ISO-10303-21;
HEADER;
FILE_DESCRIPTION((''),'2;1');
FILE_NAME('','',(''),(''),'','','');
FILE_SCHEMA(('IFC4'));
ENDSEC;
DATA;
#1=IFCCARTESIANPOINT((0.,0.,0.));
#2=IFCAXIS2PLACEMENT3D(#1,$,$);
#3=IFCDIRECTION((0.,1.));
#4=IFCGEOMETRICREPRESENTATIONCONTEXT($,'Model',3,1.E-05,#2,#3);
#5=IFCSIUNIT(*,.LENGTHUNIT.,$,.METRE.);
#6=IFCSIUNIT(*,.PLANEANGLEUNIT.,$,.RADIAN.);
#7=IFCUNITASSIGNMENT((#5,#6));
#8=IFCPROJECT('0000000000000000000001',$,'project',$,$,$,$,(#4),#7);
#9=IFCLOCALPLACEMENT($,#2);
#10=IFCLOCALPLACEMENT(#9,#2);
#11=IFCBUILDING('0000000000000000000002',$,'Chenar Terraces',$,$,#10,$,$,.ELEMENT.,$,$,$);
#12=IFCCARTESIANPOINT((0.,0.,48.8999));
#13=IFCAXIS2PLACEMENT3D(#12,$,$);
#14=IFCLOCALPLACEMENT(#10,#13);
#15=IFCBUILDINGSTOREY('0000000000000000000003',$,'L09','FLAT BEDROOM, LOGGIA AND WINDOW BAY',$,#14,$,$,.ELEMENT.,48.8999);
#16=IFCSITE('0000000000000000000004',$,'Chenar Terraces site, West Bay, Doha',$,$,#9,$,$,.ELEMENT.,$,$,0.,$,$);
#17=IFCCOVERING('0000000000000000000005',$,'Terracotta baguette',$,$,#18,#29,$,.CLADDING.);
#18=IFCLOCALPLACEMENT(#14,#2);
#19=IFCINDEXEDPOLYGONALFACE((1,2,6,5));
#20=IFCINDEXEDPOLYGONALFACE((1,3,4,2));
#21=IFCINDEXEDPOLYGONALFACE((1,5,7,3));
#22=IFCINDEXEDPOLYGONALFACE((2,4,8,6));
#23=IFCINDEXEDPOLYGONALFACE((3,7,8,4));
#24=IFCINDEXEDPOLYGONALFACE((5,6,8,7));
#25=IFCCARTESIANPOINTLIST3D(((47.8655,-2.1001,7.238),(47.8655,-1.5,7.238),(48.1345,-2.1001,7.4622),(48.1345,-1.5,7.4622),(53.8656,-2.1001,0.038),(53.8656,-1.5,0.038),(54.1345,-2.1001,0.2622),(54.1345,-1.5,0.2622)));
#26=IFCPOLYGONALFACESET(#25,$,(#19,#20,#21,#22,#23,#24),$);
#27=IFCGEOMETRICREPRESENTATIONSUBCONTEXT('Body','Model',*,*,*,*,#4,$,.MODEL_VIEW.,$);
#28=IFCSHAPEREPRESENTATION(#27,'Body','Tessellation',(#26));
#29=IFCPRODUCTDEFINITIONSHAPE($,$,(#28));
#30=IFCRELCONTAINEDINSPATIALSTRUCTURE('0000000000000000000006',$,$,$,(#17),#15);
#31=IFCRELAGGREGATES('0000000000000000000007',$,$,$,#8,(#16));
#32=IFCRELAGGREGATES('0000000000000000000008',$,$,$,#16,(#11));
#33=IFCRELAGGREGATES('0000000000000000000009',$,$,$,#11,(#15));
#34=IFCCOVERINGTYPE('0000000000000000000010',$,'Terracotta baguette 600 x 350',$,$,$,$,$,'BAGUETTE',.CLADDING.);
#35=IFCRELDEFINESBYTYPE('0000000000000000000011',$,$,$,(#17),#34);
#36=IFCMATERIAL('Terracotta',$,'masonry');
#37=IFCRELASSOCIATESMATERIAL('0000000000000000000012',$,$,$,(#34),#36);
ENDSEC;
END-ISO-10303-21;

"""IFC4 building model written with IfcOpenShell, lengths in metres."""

from ifc_helpers import new_model, si_unit, direction, frame, origin, origin_2d, place, context, subcontext, project, spatial, rectangle, extrude, material, material_profile, profile_set, type_object, element, save


model = new_model("IFC4")

# Units and contexts
model_context = context("Model", 3, precision=1e-05, world=origin(), true_north=direction((0.0, 1.0)))
body_context = subcontext(model_context, "Body", "Model", "MODEL_VIEW")
ifc_project = project(units=[si_unit("LENGTHUNIT", "METRE"), si_unit("PLANEANGLEUNIT", "RADIAN")], contexts=[model_context])

# Site, building, storey
site_placement = place(None, origin())
site = spatial("IfcSite", under=ifc_project, at=site_placement, Name="Chenar Terraces site, West Bay, Doha", CompositionType="ELEMENT", RefElevation=0.0)
building_placement = place(site_placement, origin())
building = spatial("IfcBuilding", under=site, at=building_placement, Name="Chenar Terraces", CompositionType="ELEMENT")
storey_placement = place(building_placement, frame((0.0, 0.0, 48.8999)))
storey = spatial("IfcBuildingStorey", under=building, at=storey_placement, Name="L09", Description="FLAT BEDROOM, LOGGIA AND WINDOW BAY", CompositionType="ELEMENT", Elevation=48.8999)

# Covering
ifc_material_1 = material(Name="Terracotta", Category="masonry")
ifc_material_profile_1 = material_profile(ifc_material_1, rectangle(XDim=0.6001, YDim=0.3501, at=origin_2d()), Name="Terracotta baguette 600 x 350")
ifc_profile_set_1 = profile_set([ifc_material_profile_1], Name="Terracotta")
covering_type = type_object("IfcCoveringType", Name="Terracotta baguette 600 x 350", ElementType="BAGUETTE", PredefinedType="CLADDING", material=ifc_profile_set_1)
for number, where, z_axis, x_axis, name in (
    (1, (48.0, -1.8, 7.3501), (0.640187, 0.0, -0.768219), (0.0, 1.0, 0.0), "Terracotta baguette"),
):
    element("IfcCovering", number, at=place(storey_placement, frame(where, z_axis=z_axis, x_axis=x_axis)), inside=storey, type_object=covering_type, Name=name, PredefinedType="CLADDING", context=body_context, shape_type="SweptSolid", body=[
        extrude(rectangle(XDim=0.6001, YDim=0.3501, at=origin_2d()), origin(), (0.0, 0.0, 1.0), 9.3723),
    ])

save(model, "model.ifc")
